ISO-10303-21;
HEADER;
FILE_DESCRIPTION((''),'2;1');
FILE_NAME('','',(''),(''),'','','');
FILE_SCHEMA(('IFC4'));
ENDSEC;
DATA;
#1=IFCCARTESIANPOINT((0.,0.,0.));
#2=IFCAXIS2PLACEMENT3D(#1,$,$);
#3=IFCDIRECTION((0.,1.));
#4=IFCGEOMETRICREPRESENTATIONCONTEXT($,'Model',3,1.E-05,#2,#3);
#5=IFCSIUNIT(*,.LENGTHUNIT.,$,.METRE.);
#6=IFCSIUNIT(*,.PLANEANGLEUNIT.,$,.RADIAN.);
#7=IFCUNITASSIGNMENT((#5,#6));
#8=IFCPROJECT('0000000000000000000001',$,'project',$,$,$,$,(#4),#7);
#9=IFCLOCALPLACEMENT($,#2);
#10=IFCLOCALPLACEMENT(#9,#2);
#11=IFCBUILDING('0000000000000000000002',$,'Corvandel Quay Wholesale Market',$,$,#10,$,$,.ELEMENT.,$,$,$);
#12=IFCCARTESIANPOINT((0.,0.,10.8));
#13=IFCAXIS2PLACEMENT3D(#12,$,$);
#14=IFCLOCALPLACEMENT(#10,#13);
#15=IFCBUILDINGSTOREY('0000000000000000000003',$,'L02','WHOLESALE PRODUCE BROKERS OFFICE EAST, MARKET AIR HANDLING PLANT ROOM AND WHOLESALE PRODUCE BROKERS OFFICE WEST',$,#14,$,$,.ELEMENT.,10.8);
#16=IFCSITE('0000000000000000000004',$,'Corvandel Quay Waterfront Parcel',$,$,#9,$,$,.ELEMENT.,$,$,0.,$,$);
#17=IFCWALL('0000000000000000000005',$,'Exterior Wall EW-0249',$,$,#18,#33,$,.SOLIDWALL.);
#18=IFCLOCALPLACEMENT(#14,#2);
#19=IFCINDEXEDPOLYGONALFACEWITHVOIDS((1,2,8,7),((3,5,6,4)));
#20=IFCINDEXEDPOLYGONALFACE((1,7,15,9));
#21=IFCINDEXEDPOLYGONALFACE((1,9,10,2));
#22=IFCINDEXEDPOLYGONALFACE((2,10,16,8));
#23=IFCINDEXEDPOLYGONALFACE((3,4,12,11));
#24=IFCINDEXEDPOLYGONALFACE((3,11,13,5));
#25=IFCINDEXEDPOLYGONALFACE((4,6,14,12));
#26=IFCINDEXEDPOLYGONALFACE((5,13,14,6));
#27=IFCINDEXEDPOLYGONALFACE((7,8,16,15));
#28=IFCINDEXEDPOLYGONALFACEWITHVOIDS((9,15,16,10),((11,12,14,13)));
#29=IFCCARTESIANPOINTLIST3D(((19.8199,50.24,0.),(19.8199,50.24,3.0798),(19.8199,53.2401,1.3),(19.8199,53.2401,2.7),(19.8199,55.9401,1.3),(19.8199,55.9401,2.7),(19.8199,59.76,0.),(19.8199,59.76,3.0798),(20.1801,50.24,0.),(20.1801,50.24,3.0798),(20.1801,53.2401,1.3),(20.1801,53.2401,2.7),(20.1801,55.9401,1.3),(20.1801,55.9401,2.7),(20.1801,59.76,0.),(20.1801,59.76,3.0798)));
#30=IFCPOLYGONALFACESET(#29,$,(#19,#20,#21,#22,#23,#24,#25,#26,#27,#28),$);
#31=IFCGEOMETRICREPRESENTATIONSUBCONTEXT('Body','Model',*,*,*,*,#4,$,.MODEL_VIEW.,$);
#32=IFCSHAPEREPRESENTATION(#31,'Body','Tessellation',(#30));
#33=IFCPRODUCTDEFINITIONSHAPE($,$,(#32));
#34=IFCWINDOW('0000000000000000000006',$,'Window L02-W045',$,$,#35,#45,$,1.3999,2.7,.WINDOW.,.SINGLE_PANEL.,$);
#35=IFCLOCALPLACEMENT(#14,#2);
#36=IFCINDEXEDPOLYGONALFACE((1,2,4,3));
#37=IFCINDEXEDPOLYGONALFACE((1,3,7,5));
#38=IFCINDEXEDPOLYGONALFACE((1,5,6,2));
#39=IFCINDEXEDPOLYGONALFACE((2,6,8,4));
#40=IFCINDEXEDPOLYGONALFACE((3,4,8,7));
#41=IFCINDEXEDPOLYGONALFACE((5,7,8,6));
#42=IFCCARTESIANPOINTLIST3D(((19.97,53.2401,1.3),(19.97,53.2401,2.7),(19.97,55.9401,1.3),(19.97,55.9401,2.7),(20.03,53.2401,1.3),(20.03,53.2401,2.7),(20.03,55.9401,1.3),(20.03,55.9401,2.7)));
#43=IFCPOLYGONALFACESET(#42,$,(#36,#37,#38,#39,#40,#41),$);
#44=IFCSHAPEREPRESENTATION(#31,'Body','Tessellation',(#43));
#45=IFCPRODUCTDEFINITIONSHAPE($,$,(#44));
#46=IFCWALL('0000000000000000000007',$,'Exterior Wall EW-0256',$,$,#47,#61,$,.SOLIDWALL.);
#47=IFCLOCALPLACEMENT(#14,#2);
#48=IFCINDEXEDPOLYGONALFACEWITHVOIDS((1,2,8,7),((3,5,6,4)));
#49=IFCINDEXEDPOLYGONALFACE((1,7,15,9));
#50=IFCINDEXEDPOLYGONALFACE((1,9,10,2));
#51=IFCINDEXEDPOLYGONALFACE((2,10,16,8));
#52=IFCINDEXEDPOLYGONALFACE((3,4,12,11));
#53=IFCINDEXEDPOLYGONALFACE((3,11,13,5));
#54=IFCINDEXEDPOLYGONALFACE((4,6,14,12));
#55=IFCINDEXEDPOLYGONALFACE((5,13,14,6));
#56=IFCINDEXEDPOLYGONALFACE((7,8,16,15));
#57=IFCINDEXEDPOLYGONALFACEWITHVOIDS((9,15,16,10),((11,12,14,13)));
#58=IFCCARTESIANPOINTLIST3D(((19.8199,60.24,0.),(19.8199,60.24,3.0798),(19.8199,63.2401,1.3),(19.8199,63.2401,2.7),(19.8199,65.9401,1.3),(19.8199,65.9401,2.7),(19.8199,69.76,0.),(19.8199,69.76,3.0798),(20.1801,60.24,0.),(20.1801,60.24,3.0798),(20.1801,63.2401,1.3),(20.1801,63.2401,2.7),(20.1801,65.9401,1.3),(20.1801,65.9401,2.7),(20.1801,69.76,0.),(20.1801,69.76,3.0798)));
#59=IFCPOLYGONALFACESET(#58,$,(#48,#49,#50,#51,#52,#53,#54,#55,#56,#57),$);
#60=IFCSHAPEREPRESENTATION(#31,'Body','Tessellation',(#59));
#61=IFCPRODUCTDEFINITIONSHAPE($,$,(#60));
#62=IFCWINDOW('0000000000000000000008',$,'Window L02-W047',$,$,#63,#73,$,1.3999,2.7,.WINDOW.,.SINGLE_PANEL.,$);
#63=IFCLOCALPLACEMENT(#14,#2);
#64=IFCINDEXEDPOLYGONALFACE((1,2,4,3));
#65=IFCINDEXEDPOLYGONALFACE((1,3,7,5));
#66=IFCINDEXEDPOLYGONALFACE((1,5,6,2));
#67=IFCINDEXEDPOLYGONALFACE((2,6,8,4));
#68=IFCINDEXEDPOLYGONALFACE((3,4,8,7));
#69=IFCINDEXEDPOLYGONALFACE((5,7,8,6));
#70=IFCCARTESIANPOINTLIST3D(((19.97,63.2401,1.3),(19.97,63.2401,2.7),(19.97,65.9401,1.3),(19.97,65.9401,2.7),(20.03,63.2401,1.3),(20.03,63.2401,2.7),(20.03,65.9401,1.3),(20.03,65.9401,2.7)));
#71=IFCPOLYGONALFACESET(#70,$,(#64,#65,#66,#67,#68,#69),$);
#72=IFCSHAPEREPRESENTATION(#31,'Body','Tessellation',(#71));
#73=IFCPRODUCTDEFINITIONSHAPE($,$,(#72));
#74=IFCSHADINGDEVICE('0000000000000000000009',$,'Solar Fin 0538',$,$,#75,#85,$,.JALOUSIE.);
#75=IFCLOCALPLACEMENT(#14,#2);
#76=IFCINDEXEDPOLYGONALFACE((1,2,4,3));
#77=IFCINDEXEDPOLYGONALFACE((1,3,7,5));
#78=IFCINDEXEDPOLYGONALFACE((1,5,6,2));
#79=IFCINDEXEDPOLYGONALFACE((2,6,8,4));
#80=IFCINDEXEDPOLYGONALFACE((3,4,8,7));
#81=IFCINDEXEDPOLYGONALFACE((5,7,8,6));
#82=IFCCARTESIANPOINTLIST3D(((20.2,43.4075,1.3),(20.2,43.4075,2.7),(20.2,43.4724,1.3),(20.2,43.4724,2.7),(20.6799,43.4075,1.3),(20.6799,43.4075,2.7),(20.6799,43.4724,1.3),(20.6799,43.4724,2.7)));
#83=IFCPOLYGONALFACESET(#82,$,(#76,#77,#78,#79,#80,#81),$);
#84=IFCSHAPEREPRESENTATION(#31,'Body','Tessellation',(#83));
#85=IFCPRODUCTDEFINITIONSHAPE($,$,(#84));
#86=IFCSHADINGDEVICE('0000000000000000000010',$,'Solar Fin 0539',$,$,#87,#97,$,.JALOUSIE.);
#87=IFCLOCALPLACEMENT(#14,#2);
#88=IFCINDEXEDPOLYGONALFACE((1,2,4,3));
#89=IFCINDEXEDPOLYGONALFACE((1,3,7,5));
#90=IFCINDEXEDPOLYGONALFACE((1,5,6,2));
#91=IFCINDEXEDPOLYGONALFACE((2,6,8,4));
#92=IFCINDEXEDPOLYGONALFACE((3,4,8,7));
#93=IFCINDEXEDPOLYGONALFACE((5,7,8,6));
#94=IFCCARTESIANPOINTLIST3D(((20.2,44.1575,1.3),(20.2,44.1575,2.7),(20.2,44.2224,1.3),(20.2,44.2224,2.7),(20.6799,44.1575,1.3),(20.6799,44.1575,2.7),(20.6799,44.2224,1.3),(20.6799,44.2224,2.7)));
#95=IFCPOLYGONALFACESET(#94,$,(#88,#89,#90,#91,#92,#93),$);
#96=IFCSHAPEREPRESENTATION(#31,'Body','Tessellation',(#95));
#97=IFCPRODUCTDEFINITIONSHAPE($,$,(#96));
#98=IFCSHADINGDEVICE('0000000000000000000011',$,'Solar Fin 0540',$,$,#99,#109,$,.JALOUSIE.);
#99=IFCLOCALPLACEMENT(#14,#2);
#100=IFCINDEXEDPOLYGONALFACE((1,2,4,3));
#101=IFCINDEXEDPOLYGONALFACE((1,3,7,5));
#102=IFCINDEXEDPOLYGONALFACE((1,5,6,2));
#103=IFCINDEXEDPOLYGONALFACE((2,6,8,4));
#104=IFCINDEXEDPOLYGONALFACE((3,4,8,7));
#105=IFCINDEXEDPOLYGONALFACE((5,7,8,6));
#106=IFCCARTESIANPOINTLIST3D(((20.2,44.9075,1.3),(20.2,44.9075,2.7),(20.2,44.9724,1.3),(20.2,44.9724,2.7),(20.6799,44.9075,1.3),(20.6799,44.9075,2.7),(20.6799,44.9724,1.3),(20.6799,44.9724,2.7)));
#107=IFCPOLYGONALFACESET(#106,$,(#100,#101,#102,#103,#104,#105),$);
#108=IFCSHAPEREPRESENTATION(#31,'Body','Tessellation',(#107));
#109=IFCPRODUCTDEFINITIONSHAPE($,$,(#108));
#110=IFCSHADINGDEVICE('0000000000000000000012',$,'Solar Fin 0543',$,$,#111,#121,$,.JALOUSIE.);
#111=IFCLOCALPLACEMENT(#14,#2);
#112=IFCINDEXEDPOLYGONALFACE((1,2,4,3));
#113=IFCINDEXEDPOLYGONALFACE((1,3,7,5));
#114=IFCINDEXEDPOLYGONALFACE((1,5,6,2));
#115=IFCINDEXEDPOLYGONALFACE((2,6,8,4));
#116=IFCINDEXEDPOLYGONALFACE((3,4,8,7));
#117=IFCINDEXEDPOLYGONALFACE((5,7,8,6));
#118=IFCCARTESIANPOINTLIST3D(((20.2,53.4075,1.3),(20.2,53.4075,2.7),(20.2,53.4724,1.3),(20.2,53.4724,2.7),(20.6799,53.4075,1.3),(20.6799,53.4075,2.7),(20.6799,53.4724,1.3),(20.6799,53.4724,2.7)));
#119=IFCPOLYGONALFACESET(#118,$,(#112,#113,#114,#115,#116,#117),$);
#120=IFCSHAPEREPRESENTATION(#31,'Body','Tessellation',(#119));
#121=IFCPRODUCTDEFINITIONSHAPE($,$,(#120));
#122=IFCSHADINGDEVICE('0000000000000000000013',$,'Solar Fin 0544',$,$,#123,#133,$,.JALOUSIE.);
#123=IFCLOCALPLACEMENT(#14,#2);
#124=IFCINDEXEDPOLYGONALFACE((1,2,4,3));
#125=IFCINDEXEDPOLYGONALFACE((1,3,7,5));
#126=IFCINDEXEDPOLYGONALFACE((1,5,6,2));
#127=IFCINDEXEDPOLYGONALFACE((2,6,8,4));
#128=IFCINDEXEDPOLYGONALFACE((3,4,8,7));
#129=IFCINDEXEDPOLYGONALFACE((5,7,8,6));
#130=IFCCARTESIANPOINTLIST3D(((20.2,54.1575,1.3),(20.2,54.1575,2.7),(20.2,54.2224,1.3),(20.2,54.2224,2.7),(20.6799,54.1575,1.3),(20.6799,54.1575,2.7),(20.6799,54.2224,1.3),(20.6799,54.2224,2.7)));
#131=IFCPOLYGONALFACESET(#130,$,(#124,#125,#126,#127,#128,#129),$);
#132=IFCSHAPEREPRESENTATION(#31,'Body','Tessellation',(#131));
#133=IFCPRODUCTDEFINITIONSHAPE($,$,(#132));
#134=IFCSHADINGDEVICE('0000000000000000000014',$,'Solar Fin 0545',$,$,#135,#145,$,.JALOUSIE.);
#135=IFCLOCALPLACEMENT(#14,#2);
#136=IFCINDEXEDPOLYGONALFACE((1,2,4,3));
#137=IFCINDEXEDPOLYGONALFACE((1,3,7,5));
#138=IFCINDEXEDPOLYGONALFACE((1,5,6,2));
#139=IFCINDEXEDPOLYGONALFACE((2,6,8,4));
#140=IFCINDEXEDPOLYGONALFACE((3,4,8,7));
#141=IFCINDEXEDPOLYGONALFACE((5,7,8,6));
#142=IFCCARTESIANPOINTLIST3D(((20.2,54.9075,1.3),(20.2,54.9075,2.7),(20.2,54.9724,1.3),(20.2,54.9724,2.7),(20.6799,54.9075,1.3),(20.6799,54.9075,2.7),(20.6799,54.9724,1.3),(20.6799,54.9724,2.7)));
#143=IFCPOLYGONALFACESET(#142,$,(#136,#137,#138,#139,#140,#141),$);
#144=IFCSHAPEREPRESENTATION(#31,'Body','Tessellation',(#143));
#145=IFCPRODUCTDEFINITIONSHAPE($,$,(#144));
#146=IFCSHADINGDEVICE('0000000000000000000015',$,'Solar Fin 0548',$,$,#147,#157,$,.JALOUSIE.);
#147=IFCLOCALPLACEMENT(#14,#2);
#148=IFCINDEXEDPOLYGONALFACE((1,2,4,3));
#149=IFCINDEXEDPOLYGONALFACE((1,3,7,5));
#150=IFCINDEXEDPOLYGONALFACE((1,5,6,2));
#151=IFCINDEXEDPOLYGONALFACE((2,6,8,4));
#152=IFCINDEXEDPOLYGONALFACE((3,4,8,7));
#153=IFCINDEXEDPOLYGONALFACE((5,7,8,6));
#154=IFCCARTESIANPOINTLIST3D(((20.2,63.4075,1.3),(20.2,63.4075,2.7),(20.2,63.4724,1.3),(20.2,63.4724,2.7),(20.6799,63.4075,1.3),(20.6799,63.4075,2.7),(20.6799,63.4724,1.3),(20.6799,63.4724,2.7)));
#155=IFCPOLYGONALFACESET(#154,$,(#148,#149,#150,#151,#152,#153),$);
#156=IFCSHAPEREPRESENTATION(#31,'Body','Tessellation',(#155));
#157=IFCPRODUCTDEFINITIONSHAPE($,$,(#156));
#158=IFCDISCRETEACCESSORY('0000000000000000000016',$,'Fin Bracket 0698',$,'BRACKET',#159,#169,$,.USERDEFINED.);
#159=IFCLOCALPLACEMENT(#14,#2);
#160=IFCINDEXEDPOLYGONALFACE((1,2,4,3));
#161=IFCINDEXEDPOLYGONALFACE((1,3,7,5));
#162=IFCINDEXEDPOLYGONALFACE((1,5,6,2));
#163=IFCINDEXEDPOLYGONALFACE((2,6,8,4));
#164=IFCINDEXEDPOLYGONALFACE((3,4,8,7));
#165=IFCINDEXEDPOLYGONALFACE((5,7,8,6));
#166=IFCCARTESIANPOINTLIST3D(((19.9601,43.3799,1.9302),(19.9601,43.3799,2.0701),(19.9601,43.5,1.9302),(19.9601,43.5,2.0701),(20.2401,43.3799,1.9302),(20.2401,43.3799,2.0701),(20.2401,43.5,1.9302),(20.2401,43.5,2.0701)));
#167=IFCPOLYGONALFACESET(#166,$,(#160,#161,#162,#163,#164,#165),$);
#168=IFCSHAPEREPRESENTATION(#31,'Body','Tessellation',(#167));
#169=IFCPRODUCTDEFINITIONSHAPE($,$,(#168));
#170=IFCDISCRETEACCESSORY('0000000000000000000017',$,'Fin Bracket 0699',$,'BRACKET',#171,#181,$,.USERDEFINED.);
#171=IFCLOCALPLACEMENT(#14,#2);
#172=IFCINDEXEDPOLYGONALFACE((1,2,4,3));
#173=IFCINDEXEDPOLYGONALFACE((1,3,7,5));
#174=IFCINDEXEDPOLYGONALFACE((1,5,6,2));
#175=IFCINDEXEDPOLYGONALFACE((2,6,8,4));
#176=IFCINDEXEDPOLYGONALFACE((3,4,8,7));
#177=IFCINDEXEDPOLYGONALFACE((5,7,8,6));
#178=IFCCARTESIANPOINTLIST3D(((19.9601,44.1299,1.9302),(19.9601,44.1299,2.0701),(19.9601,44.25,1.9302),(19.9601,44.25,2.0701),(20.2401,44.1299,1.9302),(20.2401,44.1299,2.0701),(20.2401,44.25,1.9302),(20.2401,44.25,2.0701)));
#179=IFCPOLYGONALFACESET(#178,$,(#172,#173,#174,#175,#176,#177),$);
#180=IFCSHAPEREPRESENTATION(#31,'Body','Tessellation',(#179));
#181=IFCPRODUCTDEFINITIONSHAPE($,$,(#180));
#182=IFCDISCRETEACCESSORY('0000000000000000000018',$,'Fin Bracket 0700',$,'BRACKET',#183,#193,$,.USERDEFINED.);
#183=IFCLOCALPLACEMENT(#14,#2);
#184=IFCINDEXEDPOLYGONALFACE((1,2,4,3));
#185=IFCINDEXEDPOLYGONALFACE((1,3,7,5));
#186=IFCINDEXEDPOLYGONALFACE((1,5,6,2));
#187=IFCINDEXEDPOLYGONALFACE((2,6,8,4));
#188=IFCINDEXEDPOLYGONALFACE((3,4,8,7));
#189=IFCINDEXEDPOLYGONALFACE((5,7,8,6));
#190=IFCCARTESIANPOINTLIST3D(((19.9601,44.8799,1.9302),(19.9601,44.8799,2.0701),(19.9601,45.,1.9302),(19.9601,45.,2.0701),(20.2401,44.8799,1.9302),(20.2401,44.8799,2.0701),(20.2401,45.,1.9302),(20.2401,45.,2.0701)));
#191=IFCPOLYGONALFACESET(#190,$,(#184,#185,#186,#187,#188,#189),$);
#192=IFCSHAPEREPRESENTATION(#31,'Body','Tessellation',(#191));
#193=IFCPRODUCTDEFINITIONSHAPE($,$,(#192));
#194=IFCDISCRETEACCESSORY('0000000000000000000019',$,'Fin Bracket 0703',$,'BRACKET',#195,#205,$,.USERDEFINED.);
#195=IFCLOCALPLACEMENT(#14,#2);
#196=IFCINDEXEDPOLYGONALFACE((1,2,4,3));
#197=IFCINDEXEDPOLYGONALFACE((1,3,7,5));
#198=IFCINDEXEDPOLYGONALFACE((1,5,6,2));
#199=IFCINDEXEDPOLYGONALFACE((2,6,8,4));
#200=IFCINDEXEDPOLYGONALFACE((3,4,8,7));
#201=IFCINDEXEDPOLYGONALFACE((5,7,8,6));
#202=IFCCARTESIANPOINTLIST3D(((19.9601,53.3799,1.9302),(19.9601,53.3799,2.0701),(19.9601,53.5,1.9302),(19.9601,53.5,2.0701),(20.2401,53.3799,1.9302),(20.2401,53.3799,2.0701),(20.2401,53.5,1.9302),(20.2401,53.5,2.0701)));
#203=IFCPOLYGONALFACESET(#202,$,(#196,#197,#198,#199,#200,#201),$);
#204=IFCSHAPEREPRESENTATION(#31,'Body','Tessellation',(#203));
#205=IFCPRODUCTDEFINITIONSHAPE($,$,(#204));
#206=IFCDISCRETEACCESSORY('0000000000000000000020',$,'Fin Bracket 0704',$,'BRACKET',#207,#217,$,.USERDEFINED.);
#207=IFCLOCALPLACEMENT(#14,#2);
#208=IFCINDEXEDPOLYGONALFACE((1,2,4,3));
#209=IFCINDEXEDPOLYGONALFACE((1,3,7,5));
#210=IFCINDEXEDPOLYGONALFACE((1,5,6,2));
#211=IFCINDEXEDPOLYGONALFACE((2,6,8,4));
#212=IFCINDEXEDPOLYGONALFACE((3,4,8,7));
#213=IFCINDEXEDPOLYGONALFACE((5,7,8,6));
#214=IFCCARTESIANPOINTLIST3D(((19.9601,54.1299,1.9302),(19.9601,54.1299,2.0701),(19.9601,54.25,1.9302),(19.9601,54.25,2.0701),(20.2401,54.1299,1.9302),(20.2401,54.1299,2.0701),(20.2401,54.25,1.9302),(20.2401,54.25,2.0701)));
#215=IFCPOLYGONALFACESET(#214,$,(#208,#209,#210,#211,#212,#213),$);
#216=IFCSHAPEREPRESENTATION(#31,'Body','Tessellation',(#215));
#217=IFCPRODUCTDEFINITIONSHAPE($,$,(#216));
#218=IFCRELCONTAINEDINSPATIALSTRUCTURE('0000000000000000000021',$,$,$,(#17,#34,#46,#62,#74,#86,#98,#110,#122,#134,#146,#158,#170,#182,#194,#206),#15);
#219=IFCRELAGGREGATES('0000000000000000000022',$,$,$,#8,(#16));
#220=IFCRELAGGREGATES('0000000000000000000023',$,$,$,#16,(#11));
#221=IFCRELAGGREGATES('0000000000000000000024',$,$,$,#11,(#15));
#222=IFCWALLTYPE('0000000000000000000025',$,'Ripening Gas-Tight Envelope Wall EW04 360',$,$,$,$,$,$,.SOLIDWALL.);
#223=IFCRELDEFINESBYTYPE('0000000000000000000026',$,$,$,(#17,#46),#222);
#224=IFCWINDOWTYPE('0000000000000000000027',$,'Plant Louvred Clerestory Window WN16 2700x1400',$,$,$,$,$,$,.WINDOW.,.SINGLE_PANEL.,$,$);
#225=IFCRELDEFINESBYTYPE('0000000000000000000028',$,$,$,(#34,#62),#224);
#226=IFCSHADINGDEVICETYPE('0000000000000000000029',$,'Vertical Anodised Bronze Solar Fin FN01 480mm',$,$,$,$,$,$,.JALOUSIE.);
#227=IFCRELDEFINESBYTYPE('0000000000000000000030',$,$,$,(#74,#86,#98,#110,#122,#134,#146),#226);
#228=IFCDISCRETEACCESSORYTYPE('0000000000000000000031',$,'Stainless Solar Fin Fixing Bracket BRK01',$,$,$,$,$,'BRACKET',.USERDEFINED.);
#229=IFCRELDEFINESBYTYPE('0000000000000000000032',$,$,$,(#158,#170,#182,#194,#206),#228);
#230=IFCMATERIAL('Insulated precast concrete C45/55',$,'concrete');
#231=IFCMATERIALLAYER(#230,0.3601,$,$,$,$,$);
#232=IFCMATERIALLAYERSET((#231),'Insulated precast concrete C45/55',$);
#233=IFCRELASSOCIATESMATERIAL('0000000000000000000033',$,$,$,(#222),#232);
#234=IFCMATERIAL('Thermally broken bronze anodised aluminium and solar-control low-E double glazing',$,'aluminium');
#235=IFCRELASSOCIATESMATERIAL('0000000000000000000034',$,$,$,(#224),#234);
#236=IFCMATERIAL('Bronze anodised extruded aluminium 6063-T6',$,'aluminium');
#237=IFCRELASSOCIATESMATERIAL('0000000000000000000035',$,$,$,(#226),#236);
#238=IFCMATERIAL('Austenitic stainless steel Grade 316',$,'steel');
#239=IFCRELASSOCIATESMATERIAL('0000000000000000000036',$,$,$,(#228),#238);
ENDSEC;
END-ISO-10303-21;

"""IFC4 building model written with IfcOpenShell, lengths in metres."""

from ifc_helpers import new_model, si_unit, direction, frame, frame_2d, origin, origin_2d, place, context, subcontext, project, spatial, rectangle, extrude, material, layer, layer_set, type_object, element, fill, save


model = new_model("IFC4")

# Units and contexts
model_context = context("Model", 3, precision=1e-05, world=origin(), true_north=direction((0.0, 1.0)))
body_context = subcontext(model_context, "Body", "Model", "MODEL_VIEW")
ifc_project = project(units=[si_unit("LENGTHUNIT", "METRE"), si_unit("PLANEANGLEUNIT", "RADIAN")], contexts=[model_context])

# Site, building, storey
site_placement = place(None, origin())
site = spatial("IfcSite", under=ifc_project, at=site_placement, Name="Corvandel Quay Waterfront Parcel", CompositionType="ELEMENT", RefElevation=0.0)
building_placement = place(site_placement, origin())
building = spatial("IfcBuilding", under=site, at=building_placement, Name="Corvandel Quay Wholesale Market", CompositionType="ELEMENT")
storey_placement = place(building_placement, frame((0.0, 0.0, 10.8)))
storey = spatial("IfcBuildingStorey", under=building, at=storey_placement, Name="L02", Description="WHOLESALE PRODUCE BROKERS OFFICE EAST, MARKET AIR HANDLING PLANT ROOM AND WHOLESALE PRODUCE BROKERS OFFICE WEST", CompositionType="ELEMENT", Elevation=10.8)

# Walls, openings, windows
ifc_material_1 = material(Name="Insulated precast concrete C45/55", Category="concrete")
ifc_layer = layer(ifc_material_1, 0.3601)
ifc_layer_set = layer_set([ifc_layer], Name="Insulated precast concrete C45/55")
wall_type = type_object("IfcWallType", Name="Ripening Gas-Tight Envelope Wall EW04 360", PredefinedType="SOLIDWALL", material=ifc_layer_set)
ifc_material_2 = material(Name="Thermally broken bronze anodised aluminium and solar-control low-E double glazing", Category="aluminium")
window_type = type_object("IfcWindowType", Name="Plant Louvred Clerestory Window WN16 2700x1400", PartitioningType="SINGLE_PANEL", PredefinedType="WINDOW", material=ifc_material_2)
wall_1_placement = place(storey_placement, frame((20.0, 50.24, 0.0), z_axis=(0.0, 0.0, 1.0), x_axis=(0.0, 1.0, 0.0)))
wall_1 = element("IfcWall", 1, at=wall_1_placement, inside=storey, type_object=wall_type, Name="Exterior Wall EW-0249", PredefinedType="SOLIDWALL", context=body_context, shape_type="SweptSolid", body=[
    extrude(rectangle(XDim=9.52, YDim=0.3601, at=frame_2d((4.76, 0.0))), origin(), (0.0, 0.0, 1.0), 3.0798),
])
opening_1_placement = place(wall_1_placement, frame((3.0, 0.0, 1.3)))
opening_1 = element("IfcOpeningElement", 2, at=opening_1_placement, cuts=wall_1, PredefinedType="OPENING", context=body_context, shape_type="SweptSolid", body=[
    extrude(rectangle(XDim=2.7, YDim=1.3999, at=frame_2d((1.3501, 0.7))), frame((0.0, 0.1899, 0.0), z_axis=(0.0, -1.0, 0.0), x_axis=(1.0, 0.0, 0.0)), (0.0, 0.0, 1.0), 0.3801),
])
window_1_placement = place(opening_1_placement, origin())
window_1 = element("IfcWindow", 3, at=window_1_placement, inside=storey, type_object=window_type, Name="Window L02-W045", OverallHeight=1.3999, OverallWidth=2.7, PartitioningType="SINGLE_PANEL", PredefinedType="WINDOW", context=body_context, shape_type="SweptSolid", body=[
    extrude(rectangle(XDim=2.7, YDim=1.3999, at=frame_2d((1.3501, 0.7))), frame((0.0, 0.03, 0.0), z_axis=(0.0, -1.0, 0.0), x_axis=(1.0, 0.0, 0.0)), (0.0, 0.0, 1.0), 0.0601),
])
fill(opening_1, window_1)
wall_2_placement = place(storey_placement, frame((20.0, 60.24, 0.0), z_axis=(0.0, 0.0, 1.0), x_axis=(0.0, 1.0, 0.0)))
wall_2 = element("IfcWall", 4, at=wall_2_placement, inside=storey, type_object=wall_type, Name="Exterior Wall EW-0256", PredefinedType="SOLIDWALL", context=body_context, shape_type="SweptSolid", body=[
    extrude(rectangle(XDim=9.52, YDim=0.3601, at=frame_2d((4.76, 0.0))), origin(), (0.0, 0.0, 1.0), 3.0798),
])
opening_2_placement = place(wall_2_placement, frame((3.0, 0.0, 1.3)))
opening_2 = element("IfcOpeningElement", 5, at=opening_2_placement, cuts=wall_2, PredefinedType="OPENING", context=body_context, shape_type="SweptSolid", body=[
    extrude(rectangle(XDim=2.7, YDim=1.3999, at=frame_2d((1.3501, 0.7))), frame((0.0, 0.1899, 0.0), z_axis=(0.0, -1.0, 0.0), x_axis=(1.0, 0.0, 0.0)), (0.0, 0.0, 1.0), 0.3801),
])
window_2_placement = place(opening_2_placement, origin())
window_2 = element("IfcWindow", 6, at=window_2_placement, inside=storey, type_object=window_type, Name="Window L02-W047", OverallHeight=1.3999, OverallWidth=2.7, PartitioningType="SINGLE_PANEL", PredefinedType="WINDOW", context=body_context, shape_type="SweptSolid", body=[
    extrude(rectangle(XDim=2.7, YDim=1.3999, at=frame_2d((1.3501, 0.7))), frame((0.0, 0.03, 0.0), z_axis=(0.0, -1.0, 0.0), x_axis=(1.0, 0.0, 0.0)), (0.0, 0.0, 1.0), 0.0601),
])
fill(opening_2, window_2)

# Shading devices
ifc_material_3 = material(Name="Bronze anodised extruded aluminium 6063-T6", Category="aluminium")
shading_device_type = type_object("IfcShadingDeviceType", Name="Vertical Anodised Bronze Solar Fin FN01 480mm", PredefinedType="JALOUSIE", material=ifc_material_3)
for number, where, z_axis, x_axis, name in (
    (7, (20.4399, 43.4399, 1.3), (0.0, 0.0, 1.0), (1.0, 0.0, 0.0), "Solar Fin 0538"),
    (8, (20.4399, 44.1899, 1.3), (0.0, 0.0, 1.0), (1.0, 0.0, 0.0), "Solar Fin 0539"),
    (9, (20.4399, 44.9399, 1.3), (0.0, 0.0, 1.0), (1.0, 0.0, 0.0), "Solar Fin 0540"),
    (10, (20.4399, 53.4399, 1.3), (0.0, 0.0, 1.0), (1.0, 0.0, 0.0), "Solar Fin 0543"),
    (11, (20.4399, 54.1899, 1.3), (0.0, 0.0, 1.0), (1.0, 0.0, 0.0), "Solar Fin 0544"),
    (12, (20.4399, 54.9399, 1.3), (0.0, 0.0, 1.0), (1.0, 0.0, 0.0), "Solar Fin 0545"),
    (13, (20.4399, 63.4399, 1.3), (0.0, 0.0, 1.0), (1.0, 0.0, 0.0), "Solar Fin 0548"),
):
    element("IfcShadingDevice", number, at=place(storey_placement, frame(where, z_axis=z_axis, x_axis=x_axis)), inside=storey, type_object=shading_device_type, Name=name, PredefinedType="JALOUSIE", context=body_context, shape_type="SweptSolid", body=[
        extrude(rectangle(XDim=0.48, YDim=0.0649, at=origin_2d()), origin(), (0.0, 0.0, 1.0), 1.3999),
    ])

# Discrete accessories
ifc_material_4 = material(Name="Austenitic stainless steel Grade 316", Category="steel")
discrete_accessory_type = type_object("IfcDiscreteAccessoryType", Name="Stainless Solar Fin Fixing Bracket BRK01", ElementType="BRACKET", PredefinedType="USERDEFINED", material=ifc_material_4)
for number, where, z_axis, x_axis, name in (
    (14, (20.1001, 43.4399, 1.9302), (0.0, 0.0, 1.0), (1.0, 0.0, 0.0), "Fin Bracket 0698"),
    (15, (20.1001, 44.1899, 1.9302), (0.0, 0.0, 1.0), (1.0, 0.0, 0.0), "Fin Bracket 0699"),
    (16, (20.1001, 44.9399, 1.9302), (0.0, 0.0, 1.0), (1.0, 0.0, 0.0), "Fin Bracket 0700"),
    (17, (20.1001, 53.4399, 1.9302), (0.0, 0.0, 1.0), (1.0, 0.0, 0.0), "Fin Bracket 0703"),
    (18, (20.1001, 54.1899, 1.9302), (0.0, 0.0, 1.0), (1.0, 0.0, 0.0), "Fin Bracket 0704"),
):
    element("IfcDiscreteAccessory", number, at=place(storey_placement, frame(where, z_axis=z_axis, x_axis=x_axis)), inside=storey, type_object=discrete_accessory_type, Name=name, ObjectType="BRACKET", PredefinedType="USERDEFINED", context=body_context, shape_type="SweptSolid", body=[
        extrude(rectangle(XDim=0.28, YDim=0.1201, at=origin_2d()), origin(), (0.0, 0.0, 1.0), 0.1399),
    ])

save(model, "model.ifc")
